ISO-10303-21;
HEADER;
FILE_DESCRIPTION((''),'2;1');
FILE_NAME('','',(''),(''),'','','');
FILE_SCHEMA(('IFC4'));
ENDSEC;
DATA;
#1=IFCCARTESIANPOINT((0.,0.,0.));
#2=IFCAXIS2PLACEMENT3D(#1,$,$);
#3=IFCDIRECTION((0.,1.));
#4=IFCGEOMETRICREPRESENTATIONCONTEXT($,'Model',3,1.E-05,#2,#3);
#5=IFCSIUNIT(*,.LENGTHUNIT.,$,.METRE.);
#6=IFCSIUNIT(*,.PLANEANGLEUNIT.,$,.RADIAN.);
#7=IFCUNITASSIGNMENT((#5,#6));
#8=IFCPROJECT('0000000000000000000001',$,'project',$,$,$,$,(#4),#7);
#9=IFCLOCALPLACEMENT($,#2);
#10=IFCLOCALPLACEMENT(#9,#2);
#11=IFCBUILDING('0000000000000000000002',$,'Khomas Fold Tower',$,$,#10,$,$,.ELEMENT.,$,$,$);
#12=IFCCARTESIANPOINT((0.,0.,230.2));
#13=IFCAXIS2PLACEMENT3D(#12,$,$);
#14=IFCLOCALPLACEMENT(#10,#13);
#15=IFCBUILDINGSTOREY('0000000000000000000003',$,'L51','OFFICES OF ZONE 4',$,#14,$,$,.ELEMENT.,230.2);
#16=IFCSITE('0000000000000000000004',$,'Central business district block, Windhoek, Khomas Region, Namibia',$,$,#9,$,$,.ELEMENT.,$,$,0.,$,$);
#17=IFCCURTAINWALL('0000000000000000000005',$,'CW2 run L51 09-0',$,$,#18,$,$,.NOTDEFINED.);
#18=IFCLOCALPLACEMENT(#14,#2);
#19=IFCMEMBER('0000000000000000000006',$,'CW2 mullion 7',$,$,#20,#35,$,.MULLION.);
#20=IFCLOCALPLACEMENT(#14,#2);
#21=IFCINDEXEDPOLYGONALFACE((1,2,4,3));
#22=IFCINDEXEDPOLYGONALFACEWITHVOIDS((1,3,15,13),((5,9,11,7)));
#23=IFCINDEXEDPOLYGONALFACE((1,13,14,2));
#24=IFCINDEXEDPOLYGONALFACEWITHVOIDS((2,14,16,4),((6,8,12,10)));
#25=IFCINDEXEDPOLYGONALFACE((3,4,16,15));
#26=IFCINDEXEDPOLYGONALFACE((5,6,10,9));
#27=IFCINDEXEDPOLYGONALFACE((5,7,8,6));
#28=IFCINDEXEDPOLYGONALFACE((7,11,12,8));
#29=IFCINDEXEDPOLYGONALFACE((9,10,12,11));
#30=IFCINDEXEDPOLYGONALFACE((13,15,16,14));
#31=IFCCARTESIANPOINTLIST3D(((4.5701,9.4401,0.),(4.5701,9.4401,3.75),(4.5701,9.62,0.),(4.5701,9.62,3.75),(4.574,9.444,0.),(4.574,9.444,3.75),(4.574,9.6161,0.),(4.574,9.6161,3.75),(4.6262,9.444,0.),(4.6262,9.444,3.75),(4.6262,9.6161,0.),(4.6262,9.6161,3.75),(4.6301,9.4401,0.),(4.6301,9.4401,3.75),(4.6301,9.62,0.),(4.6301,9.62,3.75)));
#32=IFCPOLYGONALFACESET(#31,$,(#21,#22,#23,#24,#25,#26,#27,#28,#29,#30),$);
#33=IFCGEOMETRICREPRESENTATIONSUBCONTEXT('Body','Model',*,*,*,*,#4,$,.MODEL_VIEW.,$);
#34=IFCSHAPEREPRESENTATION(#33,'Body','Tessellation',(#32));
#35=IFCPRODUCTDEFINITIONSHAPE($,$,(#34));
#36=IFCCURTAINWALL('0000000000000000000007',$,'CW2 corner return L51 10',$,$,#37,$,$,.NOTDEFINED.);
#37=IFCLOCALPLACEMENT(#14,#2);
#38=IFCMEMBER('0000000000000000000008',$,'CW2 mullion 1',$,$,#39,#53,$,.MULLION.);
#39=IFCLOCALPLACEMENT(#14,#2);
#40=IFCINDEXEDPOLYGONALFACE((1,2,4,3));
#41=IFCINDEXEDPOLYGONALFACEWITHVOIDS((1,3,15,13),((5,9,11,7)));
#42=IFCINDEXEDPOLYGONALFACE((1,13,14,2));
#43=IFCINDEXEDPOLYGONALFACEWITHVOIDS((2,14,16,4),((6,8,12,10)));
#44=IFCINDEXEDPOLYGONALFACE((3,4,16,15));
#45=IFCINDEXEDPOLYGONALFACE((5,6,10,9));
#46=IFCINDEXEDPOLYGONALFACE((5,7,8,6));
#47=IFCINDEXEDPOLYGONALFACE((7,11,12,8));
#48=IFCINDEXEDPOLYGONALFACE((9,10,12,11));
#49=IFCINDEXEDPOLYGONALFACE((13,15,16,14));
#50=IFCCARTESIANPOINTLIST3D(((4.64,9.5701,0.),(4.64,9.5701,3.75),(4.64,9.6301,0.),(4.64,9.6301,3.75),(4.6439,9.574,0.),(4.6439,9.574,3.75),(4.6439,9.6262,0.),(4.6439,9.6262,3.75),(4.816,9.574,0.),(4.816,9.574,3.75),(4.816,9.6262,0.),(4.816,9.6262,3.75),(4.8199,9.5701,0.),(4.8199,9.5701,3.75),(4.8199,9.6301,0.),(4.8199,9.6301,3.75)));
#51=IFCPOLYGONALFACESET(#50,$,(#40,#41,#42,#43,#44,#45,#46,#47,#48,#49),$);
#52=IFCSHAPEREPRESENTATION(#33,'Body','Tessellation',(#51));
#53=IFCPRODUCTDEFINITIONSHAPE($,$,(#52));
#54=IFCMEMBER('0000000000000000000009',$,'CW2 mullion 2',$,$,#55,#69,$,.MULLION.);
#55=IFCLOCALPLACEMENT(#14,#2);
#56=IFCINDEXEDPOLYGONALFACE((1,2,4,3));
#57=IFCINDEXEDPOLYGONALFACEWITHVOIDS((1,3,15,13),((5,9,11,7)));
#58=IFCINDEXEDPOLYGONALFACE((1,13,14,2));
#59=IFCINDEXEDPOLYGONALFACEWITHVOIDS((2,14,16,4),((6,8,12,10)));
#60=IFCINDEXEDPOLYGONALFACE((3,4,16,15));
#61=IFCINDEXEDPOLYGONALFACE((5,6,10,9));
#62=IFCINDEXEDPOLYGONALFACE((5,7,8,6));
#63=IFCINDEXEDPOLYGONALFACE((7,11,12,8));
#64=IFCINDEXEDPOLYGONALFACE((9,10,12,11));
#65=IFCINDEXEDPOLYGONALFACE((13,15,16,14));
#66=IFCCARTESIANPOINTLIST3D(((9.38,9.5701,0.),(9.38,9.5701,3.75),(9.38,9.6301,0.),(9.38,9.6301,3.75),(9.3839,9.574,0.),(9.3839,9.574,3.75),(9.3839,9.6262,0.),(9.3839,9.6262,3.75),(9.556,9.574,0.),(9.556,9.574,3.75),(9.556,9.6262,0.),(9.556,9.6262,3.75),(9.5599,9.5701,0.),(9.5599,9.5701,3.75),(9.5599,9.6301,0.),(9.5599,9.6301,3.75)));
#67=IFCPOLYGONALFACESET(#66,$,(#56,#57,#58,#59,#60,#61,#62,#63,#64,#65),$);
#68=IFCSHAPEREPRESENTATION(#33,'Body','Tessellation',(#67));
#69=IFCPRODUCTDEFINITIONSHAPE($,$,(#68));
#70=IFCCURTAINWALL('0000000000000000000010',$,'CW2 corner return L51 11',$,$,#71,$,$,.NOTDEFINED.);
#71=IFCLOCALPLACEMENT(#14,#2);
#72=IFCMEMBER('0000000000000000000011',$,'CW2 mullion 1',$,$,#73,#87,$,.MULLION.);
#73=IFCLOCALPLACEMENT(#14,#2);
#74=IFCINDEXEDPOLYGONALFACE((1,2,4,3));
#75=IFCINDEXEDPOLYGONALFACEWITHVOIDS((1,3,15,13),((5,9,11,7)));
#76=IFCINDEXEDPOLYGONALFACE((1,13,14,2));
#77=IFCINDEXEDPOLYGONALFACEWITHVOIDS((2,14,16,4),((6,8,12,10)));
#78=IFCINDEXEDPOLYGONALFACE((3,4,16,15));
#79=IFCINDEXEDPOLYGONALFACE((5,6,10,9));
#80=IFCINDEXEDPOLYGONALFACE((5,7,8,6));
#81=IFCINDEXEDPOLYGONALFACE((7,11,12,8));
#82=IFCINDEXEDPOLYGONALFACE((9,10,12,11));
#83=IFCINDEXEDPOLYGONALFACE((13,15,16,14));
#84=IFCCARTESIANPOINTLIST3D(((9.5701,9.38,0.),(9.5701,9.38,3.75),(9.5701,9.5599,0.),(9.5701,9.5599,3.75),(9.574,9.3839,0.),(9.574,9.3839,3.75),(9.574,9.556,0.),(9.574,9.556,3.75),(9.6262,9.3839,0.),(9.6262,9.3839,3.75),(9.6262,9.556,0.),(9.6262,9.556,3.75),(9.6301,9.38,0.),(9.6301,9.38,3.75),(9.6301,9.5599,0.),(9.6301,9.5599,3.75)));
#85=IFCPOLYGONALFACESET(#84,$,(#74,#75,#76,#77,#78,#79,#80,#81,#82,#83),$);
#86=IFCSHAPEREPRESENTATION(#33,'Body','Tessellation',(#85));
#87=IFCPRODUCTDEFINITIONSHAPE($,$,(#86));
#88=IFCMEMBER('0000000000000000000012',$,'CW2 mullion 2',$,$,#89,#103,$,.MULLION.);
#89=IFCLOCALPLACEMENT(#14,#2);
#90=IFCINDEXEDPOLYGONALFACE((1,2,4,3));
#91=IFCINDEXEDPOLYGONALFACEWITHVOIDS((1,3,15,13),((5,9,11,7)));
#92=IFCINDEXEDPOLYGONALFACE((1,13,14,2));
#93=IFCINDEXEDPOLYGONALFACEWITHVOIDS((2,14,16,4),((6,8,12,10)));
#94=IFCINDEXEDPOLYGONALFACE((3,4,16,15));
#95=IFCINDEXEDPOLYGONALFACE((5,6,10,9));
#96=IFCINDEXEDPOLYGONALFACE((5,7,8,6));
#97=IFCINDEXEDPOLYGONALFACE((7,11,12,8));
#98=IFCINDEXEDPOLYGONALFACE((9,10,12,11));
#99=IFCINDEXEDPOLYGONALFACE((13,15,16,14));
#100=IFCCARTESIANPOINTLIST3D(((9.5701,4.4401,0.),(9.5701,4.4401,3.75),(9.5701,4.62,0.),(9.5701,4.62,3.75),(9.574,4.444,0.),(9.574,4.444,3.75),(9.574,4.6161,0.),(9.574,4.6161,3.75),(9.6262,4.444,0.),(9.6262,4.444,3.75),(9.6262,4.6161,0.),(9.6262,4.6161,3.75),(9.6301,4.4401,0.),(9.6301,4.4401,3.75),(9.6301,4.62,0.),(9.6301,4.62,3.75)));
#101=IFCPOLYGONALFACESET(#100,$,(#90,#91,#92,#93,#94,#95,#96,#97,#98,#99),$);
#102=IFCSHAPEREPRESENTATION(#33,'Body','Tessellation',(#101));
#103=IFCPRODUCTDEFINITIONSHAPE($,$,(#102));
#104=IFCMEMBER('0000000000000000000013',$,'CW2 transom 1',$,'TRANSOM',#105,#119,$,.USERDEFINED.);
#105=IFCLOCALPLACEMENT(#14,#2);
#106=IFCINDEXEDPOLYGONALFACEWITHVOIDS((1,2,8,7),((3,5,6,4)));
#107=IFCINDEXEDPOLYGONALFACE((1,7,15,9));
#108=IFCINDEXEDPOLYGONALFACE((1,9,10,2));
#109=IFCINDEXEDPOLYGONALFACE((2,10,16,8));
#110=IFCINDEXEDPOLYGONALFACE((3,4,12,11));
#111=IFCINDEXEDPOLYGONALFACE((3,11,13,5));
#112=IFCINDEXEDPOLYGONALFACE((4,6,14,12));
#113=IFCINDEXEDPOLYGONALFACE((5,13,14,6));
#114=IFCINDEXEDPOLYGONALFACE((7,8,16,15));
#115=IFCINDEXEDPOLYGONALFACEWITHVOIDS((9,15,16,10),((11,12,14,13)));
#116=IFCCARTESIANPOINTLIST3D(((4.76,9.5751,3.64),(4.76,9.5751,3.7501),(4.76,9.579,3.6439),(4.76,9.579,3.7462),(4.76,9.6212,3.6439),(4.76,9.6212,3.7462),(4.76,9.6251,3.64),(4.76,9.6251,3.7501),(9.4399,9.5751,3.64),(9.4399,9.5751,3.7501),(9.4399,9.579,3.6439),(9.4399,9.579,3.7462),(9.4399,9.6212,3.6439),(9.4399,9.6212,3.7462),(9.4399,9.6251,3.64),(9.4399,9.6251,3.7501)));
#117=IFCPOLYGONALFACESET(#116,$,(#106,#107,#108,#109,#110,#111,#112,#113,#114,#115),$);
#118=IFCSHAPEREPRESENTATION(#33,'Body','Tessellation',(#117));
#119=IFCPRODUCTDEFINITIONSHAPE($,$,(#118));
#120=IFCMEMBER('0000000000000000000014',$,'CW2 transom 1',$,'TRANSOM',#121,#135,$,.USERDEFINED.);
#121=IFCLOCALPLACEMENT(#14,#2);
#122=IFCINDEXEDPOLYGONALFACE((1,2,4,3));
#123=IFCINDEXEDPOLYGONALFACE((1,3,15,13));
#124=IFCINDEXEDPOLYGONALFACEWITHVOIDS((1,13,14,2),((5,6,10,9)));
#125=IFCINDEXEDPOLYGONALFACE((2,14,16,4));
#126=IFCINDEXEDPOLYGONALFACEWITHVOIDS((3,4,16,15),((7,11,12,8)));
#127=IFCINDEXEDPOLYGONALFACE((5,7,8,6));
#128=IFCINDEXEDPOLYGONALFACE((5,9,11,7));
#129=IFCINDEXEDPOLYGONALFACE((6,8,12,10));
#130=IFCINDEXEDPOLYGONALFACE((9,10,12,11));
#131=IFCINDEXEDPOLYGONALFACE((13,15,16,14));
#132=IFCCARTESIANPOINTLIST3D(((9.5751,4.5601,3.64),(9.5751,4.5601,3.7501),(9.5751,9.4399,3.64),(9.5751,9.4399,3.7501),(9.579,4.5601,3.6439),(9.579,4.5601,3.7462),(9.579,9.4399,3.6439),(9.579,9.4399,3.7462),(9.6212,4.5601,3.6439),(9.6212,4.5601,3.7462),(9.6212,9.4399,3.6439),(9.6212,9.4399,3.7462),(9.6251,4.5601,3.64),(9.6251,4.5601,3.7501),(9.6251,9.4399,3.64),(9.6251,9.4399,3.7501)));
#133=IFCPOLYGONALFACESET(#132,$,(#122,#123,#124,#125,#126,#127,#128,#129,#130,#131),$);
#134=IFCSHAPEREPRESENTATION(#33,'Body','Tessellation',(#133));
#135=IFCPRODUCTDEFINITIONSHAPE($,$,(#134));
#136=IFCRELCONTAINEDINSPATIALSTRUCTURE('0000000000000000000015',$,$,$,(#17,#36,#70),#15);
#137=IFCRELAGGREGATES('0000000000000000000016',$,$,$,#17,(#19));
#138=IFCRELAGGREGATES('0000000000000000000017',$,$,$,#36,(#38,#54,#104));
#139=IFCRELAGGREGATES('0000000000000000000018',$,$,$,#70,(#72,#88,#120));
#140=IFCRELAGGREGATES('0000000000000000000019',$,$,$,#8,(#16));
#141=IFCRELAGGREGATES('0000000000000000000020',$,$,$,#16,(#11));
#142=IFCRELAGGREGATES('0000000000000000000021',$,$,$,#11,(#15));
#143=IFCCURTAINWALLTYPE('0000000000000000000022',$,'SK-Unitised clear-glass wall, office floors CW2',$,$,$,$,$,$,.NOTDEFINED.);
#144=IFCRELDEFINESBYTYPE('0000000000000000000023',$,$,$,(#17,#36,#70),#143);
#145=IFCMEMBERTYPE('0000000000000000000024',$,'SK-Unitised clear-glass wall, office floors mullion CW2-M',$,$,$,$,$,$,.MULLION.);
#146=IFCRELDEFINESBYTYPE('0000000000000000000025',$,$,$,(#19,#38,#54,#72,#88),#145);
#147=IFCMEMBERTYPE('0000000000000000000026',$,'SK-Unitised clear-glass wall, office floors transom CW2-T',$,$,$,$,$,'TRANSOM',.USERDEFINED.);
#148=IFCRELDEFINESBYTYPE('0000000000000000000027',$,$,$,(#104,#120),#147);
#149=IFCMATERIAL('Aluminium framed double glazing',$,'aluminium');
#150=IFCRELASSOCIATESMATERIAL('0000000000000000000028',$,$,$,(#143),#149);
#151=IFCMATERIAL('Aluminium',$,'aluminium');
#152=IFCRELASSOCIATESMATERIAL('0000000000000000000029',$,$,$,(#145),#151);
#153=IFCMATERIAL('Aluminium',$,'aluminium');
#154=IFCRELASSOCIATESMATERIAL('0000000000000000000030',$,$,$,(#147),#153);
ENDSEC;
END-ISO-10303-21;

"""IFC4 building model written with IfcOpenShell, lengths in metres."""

from ifc_helpers import new_model, si_unit, direction, frame, origin, origin_2d, place, context, subcontext, project, spatial, hollow_rectangle, extrude, source, transform, mapped, material, material_profile, profile_set, type_object, element, aggregate, save


model = new_model("IFC4")

# Units and contexts
model_context = context("Model", 3, precision=1e-05, world=origin(), true_north=direction((0.0, 1.0)))
body_context = subcontext(model_context, "Body", "Model", "MODEL_VIEW")
ifc_project = project(units=[si_unit("LENGTHUNIT", "METRE"), si_unit("PLANEANGLEUNIT", "RADIAN")], contexts=[model_context])

# Site, building, storey
site_placement = place(None, origin())
site = spatial("IfcSite", under=ifc_project, at=site_placement, Name="Central business district block, Windhoek, Khomas Region, Namibia", CompositionType="ELEMENT", RefElevation=0.0)
building_placement = place(site_placement, origin())
building = spatial("IfcBuilding", under=site, at=building_placement, Name="Khomas Fold Tower", CompositionType="ELEMENT")
storey_placement = place(building_placement, frame((0.0, 0.0, 230.2)))
storey = spatial("IfcBuildingStorey", under=building, at=storey_placement, Name="L51", Description="OFFICES OF ZONE 4", CompositionType="ELEMENT", Elevation=230.2)

# Curtain wall, member
ifc_material_1 = material(Name="Aluminium framed double glazing", Category="aluminium")
curtain_wall_type = type_object("IfcCurtainWallType", Name="SK-Unitised clear-glass wall, office floors CW2", PredefinedType="NOTDEFINED", material=ifc_material_1)
curtain_wall_1_placement = place(storey_placement, origin())
curtain_wall_1 = element("IfcCurtainWall", 1, at=curtain_wall_1_placement, inside=storey, type_object=curtain_wall_type, Name="CW2 run L51 09-0", PredefinedType="NOTDEFINED")
ifc_material_2 = material(Name="Aluminium", Category="aluminium")
ifc_material_profile_1 = material_profile(ifc_material_2, hollow_rectangle(XDim=0.0601, YDim=0.1799, WallThickness=0.0039, at=origin_2d()), Name="SK-Unitised clear-glass wall, office floors mullion CW2-M")
ifc_profile_set_1 = profile_set([ifc_material_profile_1], Name="Aluminium")
member_type_1 = type_object("IfcMemberType", Name="SK-Unitised clear-glass wall, office floors mullion CW2-M", PredefinedType="MULLION", material=ifc_profile_set_1)
shared_shape_1 = source(origin(), body_context, "Body", "SweptSolid", [
    extrude(hollow_rectangle(XDim=0.0601, YDim=0.1799, WallThickness=0.0039, at=origin_2d()), origin(), (0.0, 0.0, 1.0), 3.75),
])
member_1_placement = place(storey_placement, frame((4.6001, 9.53, 0.0), z_axis=(0.0, 0.0, 1.0), x_axis=(1.0, 0.0, 0.0)))
member_1 = element("IfcMember", 2, at=member_1_placement, type_object=member_type_1, Name="CW2 mullion 7", PredefinedType="MULLION", context=body_context, shape_type="MappedRepresentation", body=[
    mapped(shared_shape_1, transform((0.0, 0.0, 0.0))),
])

# Curtain walls, members
curtain_wall_2_placement = place(storey_placement, origin())
curtain_wall_2 = element("IfcCurtainWall", 3, at=curtain_wall_2_placement, inside=storey, type_object=curtain_wall_type, Name="CW2 corner return L51 10", PredefinedType="NOTDEFINED")
member_2_placement = place(storey_placement, frame((4.73, 9.6001, 0.0), z_axis=(0.0, 0.0, 1.0), x_axis=(0.0, 1.0, 0.0)))
member_2 = element("IfcMember", 4, at=member_2_placement, type_object=member_type_1, Name="CW2 mullion 1", PredefinedType="MULLION", context=body_context, shape_type="MappedRepresentation", body=[
    mapped(shared_shape_1, transform((0.0, 0.0, 0.0))),
])
member_3_placement = place(storey_placement, frame((9.47, 9.6001, 0.0), z_axis=(0.0, 0.0, 1.0), x_axis=(0.0, 1.0, 0.0)))
member_3 = element("IfcMember", 5, at=member_3_placement, type_object=member_type_1, Name="CW2 mullion 2", PredefinedType="MULLION", context=body_context, shape_type="MappedRepresentation", body=[
    mapped(shared_shape_1, transform((0.0, 0.0, 0.0))),
])
curtain_wall_3_placement = place(storey_placement, origin())
curtain_wall_3 = element("IfcCurtainWall", 6, at=curtain_wall_3_placement, inside=storey, type_object=curtain_wall_type, Name="CW2 corner return L51 11", PredefinedType="NOTDEFINED")
member_4_placement = place(storey_placement, frame((9.6001, 9.47, 0.0), z_axis=(0.0, 0.0, 1.0), x_axis=(1.0, 0.0, 0.0)))
member_4 = element("IfcMember", 7, at=member_4_placement, type_object=member_type_1, Name="CW2 mullion 1", PredefinedType="MULLION", context=body_context, shape_type="MappedRepresentation", body=[
    mapped(shared_shape_1, transform((0.0, 0.0, 0.0))),
])
member_5_placement = place(storey_placement, frame((9.6001, 4.53, 0.0), z_axis=(0.0, 0.0, 1.0), x_axis=(1.0, 0.0, 0.0)))
member_5 = element("IfcMember", 8, at=member_5_placement, type_object=member_type_1, Name="CW2 mullion 2", PredefinedType="MULLION", context=body_context, shape_type="MappedRepresentation", body=[
    mapped(shared_shape_1, transform((0.0, 0.0, 0.0))),
])

# Members
ifc_material_3 = material(Name="Aluminium", Category="aluminium")
ifc_material_profile_2 = material_profile(ifc_material_3, hollow_rectangle(XDim=0.05, YDim=0.1101, WallThickness=0.0039, at=origin_2d()), Name="SK-Unitised clear-glass wall, office floors transom CW2-T")
ifc_profile_set_2 = profile_set([ifc_material_profile_2], Name="Aluminium")
member_type_2 = type_object("IfcMemberType", Name="SK-Unitised clear-glass wall, office floors transom CW2-T", ElementType="TRANSOM", PredefinedType="USERDEFINED", material=ifc_profile_set_2)
shared_shape_2 = source(origin(), body_context, "Body", "SweptSolid", [
    extrude(hollow_rectangle(XDim=0.05, YDim=0.1101, WallThickness=0.0039, at=origin_2d()), origin(), (0.0, 0.0, 1.0), 4.6799),
])
member_6_placement = place(storey_placement, frame((4.76, 9.6001, 3.6951), z_axis=(1.0, 0.0, 0.0), x_axis=(0.0, 1.0, 0.0)))
member_6 = element("IfcMember", 9, at=member_6_placement, type_object=member_type_2, Name="CW2 transom 1", ObjectType="TRANSOM", PredefinedType="USERDEFINED", context=body_context, shape_type="MappedRepresentation", body=[
    mapped(shared_shape_2, transform((0.0, 0.0, 0.0))),
])
shared_shape_3 = source(origin(), body_context, "Body", "SweptSolid", [
    extrude(hollow_rectangle(XDim=0.05, YDim=0.1101, WallThickness=0.0039, at=origin_2d()), origin(), (0.0, 0.0, 1.0), 4.8799),
])
member_7_placement = place(storey_placement, frame((9.6001, 9.4399, 3.6951), z_axis=(0.0, -1.0, 0.0), x_axis=(1.0, 0.0, 0.0)))
member_7 = element("IfcMember", 10, at=member_7_placement, type_object=member_type_2, Name="CW2 transom 1", ObjectType="TRANSOM", PredefinedType="USERDEFINED", context=body_context, shape_type="MappedRepresentation", body=[
    mapped(shared_shape_3, transform((0.0, 0.0, 0.0))),
])

aggregate(curtain_wall_1, [member_1])
aggregate(curtain_wall_2, [member_2, member_3, member_6])
aggregate(curtain_wall_3, [member_4, member_5, member_7])

save(model, "model.ifc")
